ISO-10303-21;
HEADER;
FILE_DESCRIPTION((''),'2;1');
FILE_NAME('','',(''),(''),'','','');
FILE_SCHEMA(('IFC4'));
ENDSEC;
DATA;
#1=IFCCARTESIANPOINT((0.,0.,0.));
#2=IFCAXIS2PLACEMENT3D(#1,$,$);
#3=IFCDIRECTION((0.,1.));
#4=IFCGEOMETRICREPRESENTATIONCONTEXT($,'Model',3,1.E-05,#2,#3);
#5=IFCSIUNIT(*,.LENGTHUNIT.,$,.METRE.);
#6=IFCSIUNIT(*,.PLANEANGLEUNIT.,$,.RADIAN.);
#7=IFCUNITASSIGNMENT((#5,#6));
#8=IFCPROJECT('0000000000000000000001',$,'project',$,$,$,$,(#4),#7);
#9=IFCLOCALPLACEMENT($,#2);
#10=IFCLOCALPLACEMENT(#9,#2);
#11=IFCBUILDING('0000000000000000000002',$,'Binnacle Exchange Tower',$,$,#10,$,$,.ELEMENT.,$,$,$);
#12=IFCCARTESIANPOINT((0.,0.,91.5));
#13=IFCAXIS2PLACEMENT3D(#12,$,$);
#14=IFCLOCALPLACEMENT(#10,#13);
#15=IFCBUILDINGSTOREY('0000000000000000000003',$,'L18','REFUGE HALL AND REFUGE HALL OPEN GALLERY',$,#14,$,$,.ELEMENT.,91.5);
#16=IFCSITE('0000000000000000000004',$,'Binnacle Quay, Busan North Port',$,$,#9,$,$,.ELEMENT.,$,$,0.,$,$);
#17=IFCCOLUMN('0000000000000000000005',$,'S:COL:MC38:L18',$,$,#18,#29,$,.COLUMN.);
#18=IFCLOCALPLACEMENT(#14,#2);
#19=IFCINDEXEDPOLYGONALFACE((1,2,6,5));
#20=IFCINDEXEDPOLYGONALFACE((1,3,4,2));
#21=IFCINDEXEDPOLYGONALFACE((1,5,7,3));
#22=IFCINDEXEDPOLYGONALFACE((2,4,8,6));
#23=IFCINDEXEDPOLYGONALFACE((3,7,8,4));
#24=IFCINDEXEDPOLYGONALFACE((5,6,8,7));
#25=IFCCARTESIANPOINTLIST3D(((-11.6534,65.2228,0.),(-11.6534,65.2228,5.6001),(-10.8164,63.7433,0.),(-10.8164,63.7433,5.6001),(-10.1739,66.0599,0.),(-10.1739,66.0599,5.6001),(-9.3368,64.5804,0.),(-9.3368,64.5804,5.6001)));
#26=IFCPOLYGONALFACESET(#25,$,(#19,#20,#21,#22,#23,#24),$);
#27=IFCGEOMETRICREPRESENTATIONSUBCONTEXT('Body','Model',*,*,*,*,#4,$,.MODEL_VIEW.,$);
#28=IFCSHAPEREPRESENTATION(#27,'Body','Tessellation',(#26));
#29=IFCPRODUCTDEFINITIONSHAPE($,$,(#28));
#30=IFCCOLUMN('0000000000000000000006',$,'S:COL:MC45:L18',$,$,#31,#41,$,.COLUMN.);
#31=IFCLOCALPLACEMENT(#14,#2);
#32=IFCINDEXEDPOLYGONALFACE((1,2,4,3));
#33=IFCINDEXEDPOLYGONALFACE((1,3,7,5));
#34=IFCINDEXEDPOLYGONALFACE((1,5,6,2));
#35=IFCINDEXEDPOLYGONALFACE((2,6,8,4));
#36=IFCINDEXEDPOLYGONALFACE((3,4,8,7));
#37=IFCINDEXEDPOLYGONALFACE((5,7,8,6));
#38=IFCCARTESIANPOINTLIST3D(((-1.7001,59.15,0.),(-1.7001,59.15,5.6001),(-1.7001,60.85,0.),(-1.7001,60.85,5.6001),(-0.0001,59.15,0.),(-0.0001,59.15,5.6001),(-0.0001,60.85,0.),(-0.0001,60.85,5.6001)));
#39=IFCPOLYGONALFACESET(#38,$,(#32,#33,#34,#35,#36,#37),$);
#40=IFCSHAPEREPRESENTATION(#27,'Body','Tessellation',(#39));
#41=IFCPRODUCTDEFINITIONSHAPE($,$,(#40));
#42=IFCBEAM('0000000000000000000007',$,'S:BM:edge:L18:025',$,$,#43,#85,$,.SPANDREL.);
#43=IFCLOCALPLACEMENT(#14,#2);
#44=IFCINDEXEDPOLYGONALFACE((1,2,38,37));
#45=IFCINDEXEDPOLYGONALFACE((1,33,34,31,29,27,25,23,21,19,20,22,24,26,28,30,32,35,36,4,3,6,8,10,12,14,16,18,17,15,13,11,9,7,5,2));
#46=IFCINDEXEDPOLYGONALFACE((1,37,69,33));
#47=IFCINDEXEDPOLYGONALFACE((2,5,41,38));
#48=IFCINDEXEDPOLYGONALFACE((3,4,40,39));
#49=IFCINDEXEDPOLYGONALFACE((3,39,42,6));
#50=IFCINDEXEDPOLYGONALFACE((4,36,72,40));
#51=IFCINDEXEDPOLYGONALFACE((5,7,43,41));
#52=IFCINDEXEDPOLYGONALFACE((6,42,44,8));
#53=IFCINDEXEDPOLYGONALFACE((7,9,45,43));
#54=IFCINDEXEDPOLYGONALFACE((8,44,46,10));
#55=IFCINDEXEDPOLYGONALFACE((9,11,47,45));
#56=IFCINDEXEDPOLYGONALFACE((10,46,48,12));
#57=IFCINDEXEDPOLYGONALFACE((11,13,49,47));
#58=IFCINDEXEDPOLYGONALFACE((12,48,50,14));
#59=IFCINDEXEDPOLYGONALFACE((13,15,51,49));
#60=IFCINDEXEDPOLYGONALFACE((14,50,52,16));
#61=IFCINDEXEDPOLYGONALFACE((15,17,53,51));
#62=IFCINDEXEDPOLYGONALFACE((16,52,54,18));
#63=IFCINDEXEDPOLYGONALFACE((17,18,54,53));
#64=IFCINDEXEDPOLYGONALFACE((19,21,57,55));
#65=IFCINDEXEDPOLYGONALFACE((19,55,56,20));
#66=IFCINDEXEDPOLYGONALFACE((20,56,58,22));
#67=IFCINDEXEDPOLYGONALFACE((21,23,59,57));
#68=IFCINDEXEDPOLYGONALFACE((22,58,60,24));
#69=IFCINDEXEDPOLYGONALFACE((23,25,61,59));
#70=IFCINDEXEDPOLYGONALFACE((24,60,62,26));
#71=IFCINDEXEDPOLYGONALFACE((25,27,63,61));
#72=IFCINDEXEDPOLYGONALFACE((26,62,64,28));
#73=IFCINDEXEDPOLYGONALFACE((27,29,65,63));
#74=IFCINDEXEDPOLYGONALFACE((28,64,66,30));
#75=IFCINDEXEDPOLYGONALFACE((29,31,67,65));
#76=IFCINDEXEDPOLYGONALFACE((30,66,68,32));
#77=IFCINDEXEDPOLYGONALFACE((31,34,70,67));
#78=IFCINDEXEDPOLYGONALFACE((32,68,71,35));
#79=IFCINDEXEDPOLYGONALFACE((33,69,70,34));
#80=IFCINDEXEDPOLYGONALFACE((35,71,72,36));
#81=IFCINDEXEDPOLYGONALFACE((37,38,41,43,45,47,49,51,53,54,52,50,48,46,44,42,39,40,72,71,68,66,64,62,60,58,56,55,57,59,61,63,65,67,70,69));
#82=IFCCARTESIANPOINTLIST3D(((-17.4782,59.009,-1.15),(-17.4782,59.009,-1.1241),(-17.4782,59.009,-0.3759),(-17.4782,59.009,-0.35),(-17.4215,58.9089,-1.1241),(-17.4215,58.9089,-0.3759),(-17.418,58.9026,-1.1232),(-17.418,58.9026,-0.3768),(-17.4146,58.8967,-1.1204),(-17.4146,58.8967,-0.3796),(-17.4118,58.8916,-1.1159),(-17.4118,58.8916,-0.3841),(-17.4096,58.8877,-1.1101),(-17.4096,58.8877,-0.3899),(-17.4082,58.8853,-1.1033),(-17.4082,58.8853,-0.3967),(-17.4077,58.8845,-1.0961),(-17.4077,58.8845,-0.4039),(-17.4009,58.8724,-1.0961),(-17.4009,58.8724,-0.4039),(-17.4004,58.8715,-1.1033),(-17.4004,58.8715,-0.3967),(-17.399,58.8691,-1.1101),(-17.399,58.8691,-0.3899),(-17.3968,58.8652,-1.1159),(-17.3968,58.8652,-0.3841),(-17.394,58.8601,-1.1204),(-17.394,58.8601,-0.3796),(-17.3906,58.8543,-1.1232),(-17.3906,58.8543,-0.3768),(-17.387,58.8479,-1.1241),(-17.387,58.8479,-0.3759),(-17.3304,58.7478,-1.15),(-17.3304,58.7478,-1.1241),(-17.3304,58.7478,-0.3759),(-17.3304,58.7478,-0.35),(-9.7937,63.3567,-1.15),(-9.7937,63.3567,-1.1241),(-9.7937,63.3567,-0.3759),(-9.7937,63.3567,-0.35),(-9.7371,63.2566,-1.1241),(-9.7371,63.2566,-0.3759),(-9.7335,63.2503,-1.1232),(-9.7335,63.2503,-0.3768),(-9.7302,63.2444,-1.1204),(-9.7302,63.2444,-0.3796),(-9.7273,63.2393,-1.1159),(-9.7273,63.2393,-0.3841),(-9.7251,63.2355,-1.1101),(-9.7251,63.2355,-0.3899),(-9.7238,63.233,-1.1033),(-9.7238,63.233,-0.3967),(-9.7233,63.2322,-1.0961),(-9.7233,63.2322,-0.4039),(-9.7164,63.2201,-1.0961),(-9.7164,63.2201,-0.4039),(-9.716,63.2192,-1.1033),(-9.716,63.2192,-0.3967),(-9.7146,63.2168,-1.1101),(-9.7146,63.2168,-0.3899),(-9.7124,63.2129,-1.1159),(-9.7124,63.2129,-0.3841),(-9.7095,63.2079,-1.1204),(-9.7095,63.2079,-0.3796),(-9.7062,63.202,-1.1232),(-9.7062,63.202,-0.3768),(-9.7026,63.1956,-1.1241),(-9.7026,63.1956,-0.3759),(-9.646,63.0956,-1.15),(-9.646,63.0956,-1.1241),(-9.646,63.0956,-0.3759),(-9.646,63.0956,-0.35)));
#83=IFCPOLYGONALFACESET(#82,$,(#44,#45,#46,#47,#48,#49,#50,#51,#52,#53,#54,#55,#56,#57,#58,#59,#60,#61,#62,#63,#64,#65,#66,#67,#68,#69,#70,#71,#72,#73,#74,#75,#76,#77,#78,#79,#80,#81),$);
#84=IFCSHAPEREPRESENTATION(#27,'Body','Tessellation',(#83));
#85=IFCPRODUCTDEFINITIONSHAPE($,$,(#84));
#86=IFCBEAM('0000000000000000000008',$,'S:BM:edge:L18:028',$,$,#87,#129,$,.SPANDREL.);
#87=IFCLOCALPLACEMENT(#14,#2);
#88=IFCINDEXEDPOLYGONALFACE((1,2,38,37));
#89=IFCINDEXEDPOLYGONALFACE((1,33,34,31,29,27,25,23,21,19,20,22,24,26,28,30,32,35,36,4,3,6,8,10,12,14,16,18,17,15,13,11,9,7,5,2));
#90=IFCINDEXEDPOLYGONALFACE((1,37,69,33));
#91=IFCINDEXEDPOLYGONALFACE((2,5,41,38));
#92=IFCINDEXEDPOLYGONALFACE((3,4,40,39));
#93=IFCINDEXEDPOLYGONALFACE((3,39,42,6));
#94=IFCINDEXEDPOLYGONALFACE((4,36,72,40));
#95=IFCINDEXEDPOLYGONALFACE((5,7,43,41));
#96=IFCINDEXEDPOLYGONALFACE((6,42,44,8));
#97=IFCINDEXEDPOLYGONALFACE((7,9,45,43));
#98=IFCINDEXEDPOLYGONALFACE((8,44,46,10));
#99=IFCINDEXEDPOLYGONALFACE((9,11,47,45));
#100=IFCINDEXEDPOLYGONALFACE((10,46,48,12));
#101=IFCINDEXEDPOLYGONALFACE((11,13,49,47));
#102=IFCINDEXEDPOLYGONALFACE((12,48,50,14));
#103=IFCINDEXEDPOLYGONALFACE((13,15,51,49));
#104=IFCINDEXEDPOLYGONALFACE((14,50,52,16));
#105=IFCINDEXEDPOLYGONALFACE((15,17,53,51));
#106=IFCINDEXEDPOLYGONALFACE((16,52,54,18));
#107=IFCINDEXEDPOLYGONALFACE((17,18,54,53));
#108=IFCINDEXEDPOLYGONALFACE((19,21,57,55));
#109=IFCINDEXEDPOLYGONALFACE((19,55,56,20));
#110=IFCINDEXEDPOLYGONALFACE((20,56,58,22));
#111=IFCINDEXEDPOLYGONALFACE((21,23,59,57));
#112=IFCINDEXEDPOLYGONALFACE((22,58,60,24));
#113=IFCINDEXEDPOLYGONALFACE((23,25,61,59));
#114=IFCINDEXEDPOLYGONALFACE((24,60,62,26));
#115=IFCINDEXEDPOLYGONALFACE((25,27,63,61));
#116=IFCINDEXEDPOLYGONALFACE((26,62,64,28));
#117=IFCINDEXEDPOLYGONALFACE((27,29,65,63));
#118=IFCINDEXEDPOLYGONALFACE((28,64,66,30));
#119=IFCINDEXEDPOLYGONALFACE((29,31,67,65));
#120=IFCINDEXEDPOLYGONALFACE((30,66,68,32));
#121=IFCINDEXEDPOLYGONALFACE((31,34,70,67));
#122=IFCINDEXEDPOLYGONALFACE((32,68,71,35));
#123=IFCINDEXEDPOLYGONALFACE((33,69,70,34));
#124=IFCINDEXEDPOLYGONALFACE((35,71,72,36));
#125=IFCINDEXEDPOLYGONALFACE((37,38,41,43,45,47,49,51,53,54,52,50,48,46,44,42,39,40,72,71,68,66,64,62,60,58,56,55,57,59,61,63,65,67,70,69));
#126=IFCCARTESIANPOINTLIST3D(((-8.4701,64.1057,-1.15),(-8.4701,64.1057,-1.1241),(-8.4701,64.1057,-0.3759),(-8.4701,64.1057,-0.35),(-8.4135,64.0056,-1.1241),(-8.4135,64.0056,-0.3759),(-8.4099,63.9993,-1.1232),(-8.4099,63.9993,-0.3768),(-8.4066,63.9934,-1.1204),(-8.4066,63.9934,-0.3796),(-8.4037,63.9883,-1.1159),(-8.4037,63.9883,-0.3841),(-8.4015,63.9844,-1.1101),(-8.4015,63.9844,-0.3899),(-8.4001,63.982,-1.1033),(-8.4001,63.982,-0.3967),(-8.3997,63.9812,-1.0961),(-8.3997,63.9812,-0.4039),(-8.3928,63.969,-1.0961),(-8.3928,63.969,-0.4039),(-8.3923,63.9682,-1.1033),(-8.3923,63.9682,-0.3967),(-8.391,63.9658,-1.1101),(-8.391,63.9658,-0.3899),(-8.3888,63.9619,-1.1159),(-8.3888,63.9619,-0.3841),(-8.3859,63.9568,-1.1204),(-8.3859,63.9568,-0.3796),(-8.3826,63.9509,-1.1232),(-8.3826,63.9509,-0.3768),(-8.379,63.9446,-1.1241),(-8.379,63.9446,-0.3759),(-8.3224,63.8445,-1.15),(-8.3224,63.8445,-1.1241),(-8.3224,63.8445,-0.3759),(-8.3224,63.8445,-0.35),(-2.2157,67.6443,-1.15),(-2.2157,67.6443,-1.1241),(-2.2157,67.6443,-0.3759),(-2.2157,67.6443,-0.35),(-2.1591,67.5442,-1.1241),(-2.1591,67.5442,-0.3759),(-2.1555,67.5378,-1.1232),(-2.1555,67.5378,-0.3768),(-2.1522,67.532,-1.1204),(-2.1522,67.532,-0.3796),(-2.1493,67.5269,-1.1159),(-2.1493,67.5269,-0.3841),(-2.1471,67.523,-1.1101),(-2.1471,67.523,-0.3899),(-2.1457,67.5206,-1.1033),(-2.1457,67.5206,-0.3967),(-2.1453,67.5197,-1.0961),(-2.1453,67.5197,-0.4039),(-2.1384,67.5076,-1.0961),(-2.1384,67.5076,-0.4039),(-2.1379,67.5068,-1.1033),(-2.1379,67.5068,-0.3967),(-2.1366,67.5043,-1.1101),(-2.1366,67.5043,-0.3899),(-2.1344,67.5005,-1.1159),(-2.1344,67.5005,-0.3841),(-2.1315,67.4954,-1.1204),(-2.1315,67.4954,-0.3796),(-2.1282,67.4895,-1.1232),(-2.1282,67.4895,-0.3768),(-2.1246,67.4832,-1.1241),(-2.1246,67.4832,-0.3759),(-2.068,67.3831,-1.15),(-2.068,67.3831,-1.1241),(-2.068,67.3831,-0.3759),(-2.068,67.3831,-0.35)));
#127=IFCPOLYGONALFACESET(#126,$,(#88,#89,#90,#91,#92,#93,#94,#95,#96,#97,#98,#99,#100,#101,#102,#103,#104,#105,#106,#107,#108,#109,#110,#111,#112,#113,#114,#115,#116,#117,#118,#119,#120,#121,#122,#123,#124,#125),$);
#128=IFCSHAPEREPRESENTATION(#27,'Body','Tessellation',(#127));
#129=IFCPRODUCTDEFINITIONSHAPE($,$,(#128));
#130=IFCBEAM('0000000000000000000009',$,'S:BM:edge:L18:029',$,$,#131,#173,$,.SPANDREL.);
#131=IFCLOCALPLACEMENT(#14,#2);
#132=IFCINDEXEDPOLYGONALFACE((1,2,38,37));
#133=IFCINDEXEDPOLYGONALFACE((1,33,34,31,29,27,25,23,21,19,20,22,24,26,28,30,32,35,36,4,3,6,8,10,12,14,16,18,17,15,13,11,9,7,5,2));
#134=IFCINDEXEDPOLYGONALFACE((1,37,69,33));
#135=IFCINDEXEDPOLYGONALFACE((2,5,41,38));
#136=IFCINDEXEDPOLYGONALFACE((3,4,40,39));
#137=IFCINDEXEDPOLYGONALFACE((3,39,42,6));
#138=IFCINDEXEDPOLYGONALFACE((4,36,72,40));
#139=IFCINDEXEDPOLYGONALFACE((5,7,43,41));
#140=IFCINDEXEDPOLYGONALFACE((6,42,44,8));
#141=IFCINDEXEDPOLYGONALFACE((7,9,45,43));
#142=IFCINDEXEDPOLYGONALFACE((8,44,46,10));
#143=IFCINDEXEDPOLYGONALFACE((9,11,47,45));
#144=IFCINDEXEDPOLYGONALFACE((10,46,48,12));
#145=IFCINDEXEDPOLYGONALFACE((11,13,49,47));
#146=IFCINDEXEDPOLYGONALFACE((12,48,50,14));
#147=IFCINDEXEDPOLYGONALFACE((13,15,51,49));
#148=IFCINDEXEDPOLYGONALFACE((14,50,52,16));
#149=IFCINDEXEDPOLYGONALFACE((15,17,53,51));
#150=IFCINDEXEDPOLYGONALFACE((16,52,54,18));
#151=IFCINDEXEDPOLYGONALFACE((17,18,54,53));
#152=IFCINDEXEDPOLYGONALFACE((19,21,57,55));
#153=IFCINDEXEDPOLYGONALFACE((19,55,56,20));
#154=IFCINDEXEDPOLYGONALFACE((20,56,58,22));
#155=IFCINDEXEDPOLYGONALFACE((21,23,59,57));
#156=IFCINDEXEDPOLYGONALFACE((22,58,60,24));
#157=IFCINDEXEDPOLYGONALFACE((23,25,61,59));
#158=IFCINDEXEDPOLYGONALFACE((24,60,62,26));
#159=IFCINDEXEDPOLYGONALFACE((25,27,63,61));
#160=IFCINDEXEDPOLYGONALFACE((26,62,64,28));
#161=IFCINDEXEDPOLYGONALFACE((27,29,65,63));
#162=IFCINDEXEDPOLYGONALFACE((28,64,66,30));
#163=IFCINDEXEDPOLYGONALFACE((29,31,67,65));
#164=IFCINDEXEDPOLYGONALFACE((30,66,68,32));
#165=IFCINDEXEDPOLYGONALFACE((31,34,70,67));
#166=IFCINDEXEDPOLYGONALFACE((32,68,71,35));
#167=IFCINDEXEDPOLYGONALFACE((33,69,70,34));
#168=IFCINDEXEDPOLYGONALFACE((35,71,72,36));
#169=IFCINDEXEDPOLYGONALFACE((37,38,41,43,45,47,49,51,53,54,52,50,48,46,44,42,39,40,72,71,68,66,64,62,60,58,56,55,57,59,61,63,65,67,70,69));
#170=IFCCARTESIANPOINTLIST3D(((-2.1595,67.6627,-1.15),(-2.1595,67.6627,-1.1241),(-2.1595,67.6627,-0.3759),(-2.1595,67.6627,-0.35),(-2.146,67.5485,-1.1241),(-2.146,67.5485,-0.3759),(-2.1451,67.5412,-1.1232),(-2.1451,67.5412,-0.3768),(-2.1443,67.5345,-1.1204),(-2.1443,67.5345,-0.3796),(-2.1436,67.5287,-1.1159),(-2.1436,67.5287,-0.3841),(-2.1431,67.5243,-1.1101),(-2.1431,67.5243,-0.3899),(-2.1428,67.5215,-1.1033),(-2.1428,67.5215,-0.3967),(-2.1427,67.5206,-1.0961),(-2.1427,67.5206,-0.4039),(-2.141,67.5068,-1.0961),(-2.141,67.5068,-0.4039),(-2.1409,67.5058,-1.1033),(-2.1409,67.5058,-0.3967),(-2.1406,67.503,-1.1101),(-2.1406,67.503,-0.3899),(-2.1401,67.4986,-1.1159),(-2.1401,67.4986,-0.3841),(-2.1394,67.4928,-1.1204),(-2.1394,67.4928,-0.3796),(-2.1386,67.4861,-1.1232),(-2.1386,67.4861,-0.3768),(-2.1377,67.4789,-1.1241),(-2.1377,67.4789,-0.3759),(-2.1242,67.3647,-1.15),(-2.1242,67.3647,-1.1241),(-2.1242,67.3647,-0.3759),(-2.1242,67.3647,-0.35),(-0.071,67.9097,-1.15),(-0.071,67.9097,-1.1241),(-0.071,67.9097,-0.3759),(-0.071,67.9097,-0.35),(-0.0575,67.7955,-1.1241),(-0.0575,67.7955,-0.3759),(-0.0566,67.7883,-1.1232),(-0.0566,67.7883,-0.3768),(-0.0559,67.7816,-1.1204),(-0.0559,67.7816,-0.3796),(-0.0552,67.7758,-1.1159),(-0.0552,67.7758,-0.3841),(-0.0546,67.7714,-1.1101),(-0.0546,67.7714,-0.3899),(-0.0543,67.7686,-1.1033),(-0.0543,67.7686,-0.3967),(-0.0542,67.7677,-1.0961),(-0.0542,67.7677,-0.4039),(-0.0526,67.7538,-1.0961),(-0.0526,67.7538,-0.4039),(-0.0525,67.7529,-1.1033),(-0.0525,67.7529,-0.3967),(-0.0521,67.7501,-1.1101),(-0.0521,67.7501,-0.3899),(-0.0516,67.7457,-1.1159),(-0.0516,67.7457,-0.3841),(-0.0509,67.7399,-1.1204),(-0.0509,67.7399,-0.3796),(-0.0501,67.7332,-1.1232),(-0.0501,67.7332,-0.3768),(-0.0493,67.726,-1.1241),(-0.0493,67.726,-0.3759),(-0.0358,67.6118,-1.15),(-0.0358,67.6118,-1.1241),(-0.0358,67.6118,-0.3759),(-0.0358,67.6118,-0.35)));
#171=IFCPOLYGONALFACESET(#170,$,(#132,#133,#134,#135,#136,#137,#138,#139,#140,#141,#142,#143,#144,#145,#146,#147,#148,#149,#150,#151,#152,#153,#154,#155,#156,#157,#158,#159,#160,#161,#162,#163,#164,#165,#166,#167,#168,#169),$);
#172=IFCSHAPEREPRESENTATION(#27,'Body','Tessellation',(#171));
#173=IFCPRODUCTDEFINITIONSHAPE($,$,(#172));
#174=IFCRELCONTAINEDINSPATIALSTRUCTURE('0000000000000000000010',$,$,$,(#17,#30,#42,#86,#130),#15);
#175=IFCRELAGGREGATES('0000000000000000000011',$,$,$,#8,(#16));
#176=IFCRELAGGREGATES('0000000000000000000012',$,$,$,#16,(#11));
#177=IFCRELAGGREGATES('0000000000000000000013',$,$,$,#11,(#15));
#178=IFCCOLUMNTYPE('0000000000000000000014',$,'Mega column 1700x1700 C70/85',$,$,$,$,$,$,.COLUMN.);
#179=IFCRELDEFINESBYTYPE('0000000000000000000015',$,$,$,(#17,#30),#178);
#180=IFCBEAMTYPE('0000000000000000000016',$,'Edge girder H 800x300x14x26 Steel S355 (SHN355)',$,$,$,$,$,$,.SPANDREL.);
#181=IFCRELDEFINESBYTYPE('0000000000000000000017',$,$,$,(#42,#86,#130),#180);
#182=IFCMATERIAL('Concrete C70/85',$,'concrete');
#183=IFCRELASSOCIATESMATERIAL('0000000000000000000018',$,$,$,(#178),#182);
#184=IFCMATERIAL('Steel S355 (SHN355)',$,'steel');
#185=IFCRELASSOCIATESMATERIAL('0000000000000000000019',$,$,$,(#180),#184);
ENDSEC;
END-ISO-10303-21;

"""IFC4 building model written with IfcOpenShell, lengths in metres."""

from ifc_helpers import new_model, si_unit, direction, frame, origin, origin_2d, place, context, subcontext, project, spatial, rectangle, i_section, extrude, material, material_profile, profile_set, type_object, element, save


model = new_model("IFC4")

# Units and contexts
model_context = context("Model", 3, precision=1e-05, world=origin(), true_north=direction((0.0, 1.0)))
body_context = subcontext(model_context, "Body", "Model", "MODEL_VIEW")
ifc_project = project(units=[si_unit("LENGTHUNIT", "METRE"), si_unit("PLANEANGLEUNIT", "RADIAN")], contexts=[model_context])

# Site, building, storey
site_placement = place(None, origin())
site = spatial("IfcSite", under=ifc_project, at=site_placement, Name="Binnacle Quay, Busan North Port", CompositionType="ELEMENT", RefElevation=0.0)
building_placement = place(site_placement, origin())
building = spatial("IfcBuilding", under=site, at=building_placement, Name="Binnacle Exchange Tower", CompositionType="ELEMENT")
storey_placement = place(building_placement, frame((0.0, 0.0, 91.5)))
storey = spatial("IfcBuildingStorey", under=building, at=storey_placement, Name="L18", Description="REFUGE HALL AND REFUGE HALL OPEN GALLERY", CompositionType="ELEMENT", Elevation=91.5)

# Columns
ifc_material_1 = material(Name="Concrete C70/85", Category="concrete")
ifc_material_profile_1 = material_profile(ifc_material_1, rectangle(XDim=1.7, YDim=1.7, at=origin_2d()), Name="Mega column 1700x1700 C70/85")
ifc_profile_set_1 = profile_set([ifc_material_profile_1], Name="Concrete C70/85")
column_type = type_object("IfcColumnType", Name="Mega column 1700x1700 C70/85", PredefinedType="COLUMN", material=ifc_profile_set_1)
for number, where, z_axis, x_axis, name in (
    (1, (-10.4951, 64.9016, 0.0), (0.0, 0.0, 1.0), (-0.870356, -0.492424, 0.0), "S:COL:MC38:L18"),
    (2, (-0.8501, 60.0, 0.0), (0.0, 0.0, 1.0), (0.0, 1.0, 0.0), "S:COL:MC45:L18"),
):
    element("IfcColumn", number, at=place(storey_placement, frame(where, z_axis=z_axis, x_axis=x_axis)), inside=storey, type_object=column_type, Name=name, PredefinedType="COLUMN", context=body_context, shape_type="SweptSolid", body=[
        extrude(rectangle(XDim=1.7, YDim=1.7, at=origin_2d()), origin(), (0.0, 0.0, 1.0), 5.6001),
    ])

# Beams
ifc_material_2 = material(Name="Steel S355 (SHN355)", Category="steel")
ifc_material_profile_2 = material_profile(ifc_material_2, i_section(OverallWidth=0.3, OverallDepth=0.8, WebThickness=0.0139, FlangeThickness=0.0259, FilletRadius=0.0281, at=origin_2d()), Name="H 800x300x14x26")
ifc_profile_set_2 = profile_set([ifc_material_profile_2], Name="Steel S355 (SHN355)")
beam_type_1 = type_object("IfcBeamType", Name="Edge girder H 800x300x14x26 Steel S355 (SHN355)", PredefinedType="SPANDREL", material=ifc_profile_set_2)
beam_1_placement = place(storey_placement, frame((-17.4043, 58.8784, -0.75), z_axis=(0.870352, 0.49243, 0.0), x_axis=(-0.49243, 0.870352, 0.0)))
element("IfcBeam", 3, at=beam_1_placement, inside=storey, type_object=beam_type_1, Name="S:BM:edge:L18:025", PredefinedType="SPANDREL", context=body_context, shape_type="SweptSolid", body=[
    extrude(i_section(OverallWidth=0.3, OverallDepth=0.8, WebThickness=0.0139, FlangeThickness=0.0259, FilletRadius=0.0281, at=origin_2d()), origin(), (0.0, 0.0, 1.0), 8.8291),
])
beam_2_placement = place(storey_placement, frame((-8.3962, 63.9751, -0.75), z_axis=(0.870355, 0.492424, 0.0), x_axis=(-0.492424, 0.870355, 0.0)))
element("IfcBeam", 4, at=beam_2_placement, inside=storey, type_object=beam_type_1, Name="S:BM:edge:L18:028", PredefinedType="SPANDREL", context=body_context, shape_type="SweptSolid", body=[
    extrude(i_section(OverallWidth=0.3, OverallDepth=0.8, WebThickness=0.0139, FlangeThickness=0.0259, FilletRadius=0.0281, at=origin_2d()), origin(), (0.0, 0.0, 1.0), 7.186),
])
beam_3_placement = place(storey_placement, frame((-2.1418, 67.5137, -0.75), z_axis=(0.993074, 0.117488, 0.0), x_axis=(-0.117488, 0.993074, 0.0)))
element("IfcBeam", 5, at=beam_3_placement, inside=storey, type_object=beam_type_1, Name="S:BM:edge:L18:029", PredefinedType="SPANDREL", context=body_context, shape_type="SweptSolid", body=[
    extrude(i_section(OverallWidth=0.3, OverallDepth=0.8, WebThickness=0.0139, FlangeThickness=0.0259, FilletRadius=0.0281, at=origin_2d()), origin(), (0.0, 0.0, 1.0), 2.103),
])

save(model, "model.ifc")
